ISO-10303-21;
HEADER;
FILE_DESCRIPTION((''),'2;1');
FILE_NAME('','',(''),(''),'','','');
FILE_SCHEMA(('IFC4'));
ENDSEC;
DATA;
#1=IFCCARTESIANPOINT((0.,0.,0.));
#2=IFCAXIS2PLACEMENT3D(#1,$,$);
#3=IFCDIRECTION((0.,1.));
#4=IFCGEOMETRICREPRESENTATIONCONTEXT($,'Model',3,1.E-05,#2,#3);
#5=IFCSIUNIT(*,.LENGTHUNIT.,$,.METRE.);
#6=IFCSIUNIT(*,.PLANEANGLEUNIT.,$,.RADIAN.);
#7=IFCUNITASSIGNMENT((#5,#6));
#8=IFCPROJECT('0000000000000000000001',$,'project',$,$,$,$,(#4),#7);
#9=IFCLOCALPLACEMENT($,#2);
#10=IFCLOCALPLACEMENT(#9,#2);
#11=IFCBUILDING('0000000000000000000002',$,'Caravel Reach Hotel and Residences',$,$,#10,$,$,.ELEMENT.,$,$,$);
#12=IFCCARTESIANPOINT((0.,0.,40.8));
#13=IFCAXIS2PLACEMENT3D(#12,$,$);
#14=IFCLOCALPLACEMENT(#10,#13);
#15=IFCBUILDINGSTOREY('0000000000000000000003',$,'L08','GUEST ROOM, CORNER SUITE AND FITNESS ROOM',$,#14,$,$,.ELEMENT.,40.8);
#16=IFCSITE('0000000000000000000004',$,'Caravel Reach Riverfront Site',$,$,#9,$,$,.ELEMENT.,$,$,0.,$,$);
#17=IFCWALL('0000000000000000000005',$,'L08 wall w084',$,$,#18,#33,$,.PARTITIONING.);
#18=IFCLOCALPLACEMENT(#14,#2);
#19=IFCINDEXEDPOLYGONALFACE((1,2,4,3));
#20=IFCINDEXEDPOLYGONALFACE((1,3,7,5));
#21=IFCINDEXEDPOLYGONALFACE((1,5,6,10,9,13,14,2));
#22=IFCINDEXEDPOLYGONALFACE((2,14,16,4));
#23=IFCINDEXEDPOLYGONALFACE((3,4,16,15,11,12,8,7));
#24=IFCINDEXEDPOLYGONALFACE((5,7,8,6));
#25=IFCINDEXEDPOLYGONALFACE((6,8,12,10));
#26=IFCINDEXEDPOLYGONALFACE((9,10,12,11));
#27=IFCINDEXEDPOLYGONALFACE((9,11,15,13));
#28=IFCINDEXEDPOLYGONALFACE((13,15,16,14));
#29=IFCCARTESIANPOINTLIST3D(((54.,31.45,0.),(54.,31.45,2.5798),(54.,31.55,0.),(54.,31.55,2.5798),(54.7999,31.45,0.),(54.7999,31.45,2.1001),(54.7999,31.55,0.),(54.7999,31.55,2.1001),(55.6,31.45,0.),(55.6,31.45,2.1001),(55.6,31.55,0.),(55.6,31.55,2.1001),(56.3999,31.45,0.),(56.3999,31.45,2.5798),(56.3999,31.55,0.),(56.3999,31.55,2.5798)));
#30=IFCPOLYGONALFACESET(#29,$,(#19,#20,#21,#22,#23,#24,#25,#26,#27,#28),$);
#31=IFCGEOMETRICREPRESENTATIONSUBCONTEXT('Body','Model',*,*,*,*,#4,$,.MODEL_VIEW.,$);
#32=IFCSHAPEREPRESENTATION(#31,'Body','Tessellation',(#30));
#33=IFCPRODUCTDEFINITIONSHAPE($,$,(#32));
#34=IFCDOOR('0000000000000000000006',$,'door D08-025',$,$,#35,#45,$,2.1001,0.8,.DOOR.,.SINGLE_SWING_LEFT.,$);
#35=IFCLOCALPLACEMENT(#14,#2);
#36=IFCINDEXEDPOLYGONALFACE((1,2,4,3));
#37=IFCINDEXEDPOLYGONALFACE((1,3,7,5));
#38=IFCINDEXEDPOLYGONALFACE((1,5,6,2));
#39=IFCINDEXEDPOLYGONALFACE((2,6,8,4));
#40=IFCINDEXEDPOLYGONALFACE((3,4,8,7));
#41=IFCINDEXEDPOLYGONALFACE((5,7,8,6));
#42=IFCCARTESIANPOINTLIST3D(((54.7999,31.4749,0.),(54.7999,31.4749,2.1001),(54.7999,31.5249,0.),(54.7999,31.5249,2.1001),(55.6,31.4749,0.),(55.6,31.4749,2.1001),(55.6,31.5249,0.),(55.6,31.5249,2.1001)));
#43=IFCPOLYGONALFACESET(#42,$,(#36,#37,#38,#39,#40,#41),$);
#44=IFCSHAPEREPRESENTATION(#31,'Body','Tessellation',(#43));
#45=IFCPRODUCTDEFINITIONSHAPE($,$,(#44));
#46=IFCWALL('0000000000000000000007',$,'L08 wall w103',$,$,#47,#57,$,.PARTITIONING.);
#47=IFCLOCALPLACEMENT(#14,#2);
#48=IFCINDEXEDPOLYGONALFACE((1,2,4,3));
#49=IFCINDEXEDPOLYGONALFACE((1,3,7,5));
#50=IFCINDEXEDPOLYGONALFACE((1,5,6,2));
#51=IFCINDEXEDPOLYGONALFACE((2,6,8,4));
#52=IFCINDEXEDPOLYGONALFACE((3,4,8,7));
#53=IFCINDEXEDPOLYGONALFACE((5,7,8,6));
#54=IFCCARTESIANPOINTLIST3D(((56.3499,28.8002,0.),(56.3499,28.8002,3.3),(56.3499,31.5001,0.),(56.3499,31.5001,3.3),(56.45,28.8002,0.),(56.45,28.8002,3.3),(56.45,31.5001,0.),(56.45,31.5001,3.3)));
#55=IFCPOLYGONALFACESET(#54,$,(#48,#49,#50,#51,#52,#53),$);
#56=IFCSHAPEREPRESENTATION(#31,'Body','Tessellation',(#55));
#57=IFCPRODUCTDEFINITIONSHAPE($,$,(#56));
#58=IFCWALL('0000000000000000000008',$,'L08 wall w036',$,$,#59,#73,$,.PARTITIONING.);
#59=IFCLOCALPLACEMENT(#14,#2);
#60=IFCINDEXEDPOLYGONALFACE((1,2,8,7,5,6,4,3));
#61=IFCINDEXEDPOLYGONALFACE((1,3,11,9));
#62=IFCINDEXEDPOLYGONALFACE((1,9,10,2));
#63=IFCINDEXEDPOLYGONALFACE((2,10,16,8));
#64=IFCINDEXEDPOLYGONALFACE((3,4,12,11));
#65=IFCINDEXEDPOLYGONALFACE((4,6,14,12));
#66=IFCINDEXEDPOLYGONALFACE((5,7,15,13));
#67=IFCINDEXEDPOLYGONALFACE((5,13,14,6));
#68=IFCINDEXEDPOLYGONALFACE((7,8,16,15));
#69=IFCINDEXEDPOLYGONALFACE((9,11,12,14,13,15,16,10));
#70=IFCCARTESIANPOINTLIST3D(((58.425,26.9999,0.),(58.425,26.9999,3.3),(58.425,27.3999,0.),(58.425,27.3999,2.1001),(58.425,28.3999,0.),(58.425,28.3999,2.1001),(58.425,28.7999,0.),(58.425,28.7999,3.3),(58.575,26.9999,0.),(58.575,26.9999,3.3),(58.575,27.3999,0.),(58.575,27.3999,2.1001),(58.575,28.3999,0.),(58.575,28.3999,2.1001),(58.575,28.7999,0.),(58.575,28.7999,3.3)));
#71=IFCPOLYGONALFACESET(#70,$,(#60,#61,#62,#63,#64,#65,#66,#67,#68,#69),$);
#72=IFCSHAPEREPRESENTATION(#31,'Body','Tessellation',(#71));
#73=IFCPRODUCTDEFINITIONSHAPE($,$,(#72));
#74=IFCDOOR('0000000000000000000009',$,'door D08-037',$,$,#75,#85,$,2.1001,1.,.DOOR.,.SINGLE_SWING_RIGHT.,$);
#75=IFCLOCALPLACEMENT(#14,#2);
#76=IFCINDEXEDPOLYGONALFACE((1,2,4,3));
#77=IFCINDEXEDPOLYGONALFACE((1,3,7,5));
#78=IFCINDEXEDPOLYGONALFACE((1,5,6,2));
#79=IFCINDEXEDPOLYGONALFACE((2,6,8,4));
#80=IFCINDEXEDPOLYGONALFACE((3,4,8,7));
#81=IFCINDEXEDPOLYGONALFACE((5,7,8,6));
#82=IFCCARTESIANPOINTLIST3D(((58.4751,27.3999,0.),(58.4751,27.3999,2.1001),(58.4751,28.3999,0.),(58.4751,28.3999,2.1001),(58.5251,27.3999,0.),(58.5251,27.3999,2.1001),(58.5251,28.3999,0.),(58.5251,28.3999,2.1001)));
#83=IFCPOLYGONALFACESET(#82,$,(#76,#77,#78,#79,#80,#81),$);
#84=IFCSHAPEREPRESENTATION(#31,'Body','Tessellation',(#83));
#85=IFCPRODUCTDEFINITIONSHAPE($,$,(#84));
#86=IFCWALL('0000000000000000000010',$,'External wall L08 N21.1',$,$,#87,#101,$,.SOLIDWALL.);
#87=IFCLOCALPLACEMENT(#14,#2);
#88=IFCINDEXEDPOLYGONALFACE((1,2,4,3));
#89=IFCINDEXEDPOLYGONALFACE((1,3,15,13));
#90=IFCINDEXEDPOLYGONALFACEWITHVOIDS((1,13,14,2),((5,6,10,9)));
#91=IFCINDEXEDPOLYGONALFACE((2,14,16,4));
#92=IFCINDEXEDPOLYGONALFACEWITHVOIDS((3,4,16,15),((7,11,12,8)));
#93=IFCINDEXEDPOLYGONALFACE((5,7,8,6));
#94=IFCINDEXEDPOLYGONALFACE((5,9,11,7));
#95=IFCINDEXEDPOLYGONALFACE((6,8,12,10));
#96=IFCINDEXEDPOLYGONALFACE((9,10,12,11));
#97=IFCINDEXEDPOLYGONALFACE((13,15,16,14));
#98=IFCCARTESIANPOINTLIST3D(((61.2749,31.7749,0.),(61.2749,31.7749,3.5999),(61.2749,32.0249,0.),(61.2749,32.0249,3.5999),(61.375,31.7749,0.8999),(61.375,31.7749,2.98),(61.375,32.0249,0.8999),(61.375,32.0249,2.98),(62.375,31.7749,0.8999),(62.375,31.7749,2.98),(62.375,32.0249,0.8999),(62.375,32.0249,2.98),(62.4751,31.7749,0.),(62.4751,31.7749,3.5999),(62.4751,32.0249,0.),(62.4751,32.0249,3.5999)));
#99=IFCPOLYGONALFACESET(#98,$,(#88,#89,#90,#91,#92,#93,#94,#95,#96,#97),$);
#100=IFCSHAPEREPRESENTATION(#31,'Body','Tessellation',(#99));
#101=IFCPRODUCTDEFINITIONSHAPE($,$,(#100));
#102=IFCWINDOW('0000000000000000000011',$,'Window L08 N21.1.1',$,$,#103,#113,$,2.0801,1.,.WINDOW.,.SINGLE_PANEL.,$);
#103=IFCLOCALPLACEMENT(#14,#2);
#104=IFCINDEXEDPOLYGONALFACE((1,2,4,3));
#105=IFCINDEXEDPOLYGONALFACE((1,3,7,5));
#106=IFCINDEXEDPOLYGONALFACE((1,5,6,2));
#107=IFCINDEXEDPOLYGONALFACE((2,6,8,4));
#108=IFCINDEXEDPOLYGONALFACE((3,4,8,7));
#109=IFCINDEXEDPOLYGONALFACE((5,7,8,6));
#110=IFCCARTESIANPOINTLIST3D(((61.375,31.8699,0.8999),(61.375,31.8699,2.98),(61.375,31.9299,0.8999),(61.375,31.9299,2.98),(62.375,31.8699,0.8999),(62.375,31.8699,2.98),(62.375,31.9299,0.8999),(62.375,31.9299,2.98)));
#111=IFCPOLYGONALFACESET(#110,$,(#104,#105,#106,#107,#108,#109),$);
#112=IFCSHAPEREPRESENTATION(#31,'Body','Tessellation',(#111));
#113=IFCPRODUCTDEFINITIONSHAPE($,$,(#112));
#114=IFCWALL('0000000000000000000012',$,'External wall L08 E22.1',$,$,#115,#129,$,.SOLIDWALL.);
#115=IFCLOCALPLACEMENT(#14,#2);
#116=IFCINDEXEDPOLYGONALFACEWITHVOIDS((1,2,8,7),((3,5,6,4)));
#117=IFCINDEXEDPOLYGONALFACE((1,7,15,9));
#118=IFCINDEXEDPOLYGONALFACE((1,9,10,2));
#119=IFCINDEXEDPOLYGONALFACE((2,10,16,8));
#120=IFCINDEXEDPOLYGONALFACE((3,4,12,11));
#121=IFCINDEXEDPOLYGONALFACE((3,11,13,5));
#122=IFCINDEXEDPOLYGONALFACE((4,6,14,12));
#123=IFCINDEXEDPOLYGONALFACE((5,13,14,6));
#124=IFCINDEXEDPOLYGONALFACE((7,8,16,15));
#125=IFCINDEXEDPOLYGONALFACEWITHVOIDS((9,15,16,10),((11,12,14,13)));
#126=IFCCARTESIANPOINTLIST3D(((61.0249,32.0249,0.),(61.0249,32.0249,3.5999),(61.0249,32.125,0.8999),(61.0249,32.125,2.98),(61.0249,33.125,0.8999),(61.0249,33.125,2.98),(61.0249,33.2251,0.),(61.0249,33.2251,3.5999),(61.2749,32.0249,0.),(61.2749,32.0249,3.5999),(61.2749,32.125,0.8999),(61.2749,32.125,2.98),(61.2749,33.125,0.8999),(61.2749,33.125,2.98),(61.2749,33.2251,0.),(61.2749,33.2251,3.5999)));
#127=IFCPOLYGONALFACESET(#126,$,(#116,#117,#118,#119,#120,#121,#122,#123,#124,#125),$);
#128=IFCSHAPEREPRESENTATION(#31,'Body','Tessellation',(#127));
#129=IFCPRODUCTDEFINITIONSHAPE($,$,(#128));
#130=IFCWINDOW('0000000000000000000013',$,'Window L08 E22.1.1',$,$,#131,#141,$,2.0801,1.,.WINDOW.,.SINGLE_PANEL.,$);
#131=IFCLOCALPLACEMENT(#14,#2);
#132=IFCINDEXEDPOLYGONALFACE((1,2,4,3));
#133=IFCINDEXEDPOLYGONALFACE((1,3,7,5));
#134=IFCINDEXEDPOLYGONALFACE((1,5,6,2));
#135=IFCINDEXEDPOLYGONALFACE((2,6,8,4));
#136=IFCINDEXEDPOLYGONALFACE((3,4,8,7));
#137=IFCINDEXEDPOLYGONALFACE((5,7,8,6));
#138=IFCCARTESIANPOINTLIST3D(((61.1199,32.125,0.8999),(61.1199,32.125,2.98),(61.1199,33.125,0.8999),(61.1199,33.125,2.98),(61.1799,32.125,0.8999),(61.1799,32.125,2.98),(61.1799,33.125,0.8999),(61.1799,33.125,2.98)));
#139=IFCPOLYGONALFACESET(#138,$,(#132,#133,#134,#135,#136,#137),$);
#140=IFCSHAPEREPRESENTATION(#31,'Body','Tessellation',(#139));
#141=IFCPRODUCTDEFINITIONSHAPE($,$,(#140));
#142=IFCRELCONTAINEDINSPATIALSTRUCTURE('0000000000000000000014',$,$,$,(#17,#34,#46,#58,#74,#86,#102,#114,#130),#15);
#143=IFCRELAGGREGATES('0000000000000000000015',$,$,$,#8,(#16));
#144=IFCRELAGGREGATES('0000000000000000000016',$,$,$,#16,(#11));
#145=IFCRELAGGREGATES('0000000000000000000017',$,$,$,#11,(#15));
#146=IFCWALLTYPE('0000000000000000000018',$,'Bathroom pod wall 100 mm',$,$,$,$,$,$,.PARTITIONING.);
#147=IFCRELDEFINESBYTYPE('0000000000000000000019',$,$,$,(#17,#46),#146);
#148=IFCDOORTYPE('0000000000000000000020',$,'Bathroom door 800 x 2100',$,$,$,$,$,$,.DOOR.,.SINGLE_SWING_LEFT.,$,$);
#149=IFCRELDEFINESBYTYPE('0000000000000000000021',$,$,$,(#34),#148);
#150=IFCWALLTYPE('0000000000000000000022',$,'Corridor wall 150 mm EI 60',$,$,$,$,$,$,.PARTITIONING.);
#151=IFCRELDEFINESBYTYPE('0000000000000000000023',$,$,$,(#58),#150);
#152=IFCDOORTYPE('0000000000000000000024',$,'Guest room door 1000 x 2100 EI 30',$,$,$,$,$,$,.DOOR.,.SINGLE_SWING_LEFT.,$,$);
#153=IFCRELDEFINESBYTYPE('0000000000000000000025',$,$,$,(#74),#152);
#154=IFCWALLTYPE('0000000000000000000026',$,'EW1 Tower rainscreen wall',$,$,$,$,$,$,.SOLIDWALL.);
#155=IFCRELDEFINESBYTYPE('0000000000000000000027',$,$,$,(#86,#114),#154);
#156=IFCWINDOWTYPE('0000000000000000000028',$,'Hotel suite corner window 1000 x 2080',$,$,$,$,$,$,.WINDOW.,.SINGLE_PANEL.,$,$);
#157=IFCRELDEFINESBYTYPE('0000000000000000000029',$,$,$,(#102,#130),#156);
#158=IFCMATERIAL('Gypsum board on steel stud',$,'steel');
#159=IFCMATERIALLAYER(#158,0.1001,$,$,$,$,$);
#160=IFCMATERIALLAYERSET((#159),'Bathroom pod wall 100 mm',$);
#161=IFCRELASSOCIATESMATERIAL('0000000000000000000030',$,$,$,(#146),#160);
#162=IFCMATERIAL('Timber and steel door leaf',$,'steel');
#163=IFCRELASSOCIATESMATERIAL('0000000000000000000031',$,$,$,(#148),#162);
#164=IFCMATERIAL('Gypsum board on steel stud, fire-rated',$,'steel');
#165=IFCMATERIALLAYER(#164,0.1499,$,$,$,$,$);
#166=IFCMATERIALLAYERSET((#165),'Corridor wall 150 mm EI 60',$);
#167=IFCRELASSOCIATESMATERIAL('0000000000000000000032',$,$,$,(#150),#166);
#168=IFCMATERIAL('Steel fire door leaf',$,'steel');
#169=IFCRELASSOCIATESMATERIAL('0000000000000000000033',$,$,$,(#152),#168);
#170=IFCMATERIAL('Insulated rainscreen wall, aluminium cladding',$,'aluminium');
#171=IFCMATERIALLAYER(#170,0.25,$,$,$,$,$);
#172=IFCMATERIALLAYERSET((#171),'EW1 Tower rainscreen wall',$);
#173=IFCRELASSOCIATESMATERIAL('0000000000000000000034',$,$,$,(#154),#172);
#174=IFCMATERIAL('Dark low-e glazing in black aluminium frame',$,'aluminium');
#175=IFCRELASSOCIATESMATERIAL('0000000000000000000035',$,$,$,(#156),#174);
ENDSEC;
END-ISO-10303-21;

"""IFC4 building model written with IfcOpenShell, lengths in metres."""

from ifc_helpers import new_model, si_unit, direction, frame, frame_2d, origin, place, context, subcontext, project, spatial, rectangle, extrude, material, layer, layer_set, type_object, element, fill, save


model = new_model("IFC4")

# Units and contexts
model_context = context("Model", 3, precision=1e-05, world=origin(), true_north=direction((0.0, 1.0)))
body_context = subcontext(model_context, "Body", "Model", "MODEL_VIEW")
ifc_project = project(units=[si_unit("LENGTHUNIT", "METRE"), si_unit("PLANEANGLEUNIT", "RADIAN")], contexts=[model_context])

# Site, building, storey
site_placement = place(None, origin())
site = spatial("IfcSite", under=ifc_project, at=site_placement, Name="Caravel Reach Riverfront Site", CompositionType="ELEMENT", RefElevation=0.0)
building_placement = place(site_placement, origin())
building = spatial("IfcBuilding", under=site, at=building_placement, Name="Caravel Reach Hotel and Residences", CompositionType="ELEMENT")
storey_placement = place(building_placement, frame((0.0, 0.0, 40.8)))
storey = spatial("IfcBuildingStorey", under=building, at=storey_placement, Name="L08", Description="GUEST ROOM, CORNER SUITE AND FITNESS ROOM", CompositionType="ELEMENT", Elevation=40.8)

# Shared definitions
ifc_material_1 = material(Name="Gypsum board on steel stud", Category="steel")
ifc_layer_1 = layer(ifc_material_1, 0.1001)
ifc_layer_set_1 = layer_set([ifc_layer_1], Name="Bathroom pod wall 100 mm")
wall_type_1 = type_object("IfcWallType", Name="Bathroom pod wall 100 mm", PredefinedType="PARTITIONING", material=ifc_layer_set_1)

# Wall, opening, door
wall_1_placement = place(storey_placement, frame((54.0, 31.5, 0.0), z_axis=(0.0, 0.0, 1.0), x_axis=(1.0, 0.0, 0.0)))
wall_1 = element("IfcWall", 1, at=wall_1_placement, inside=storey, type_object=wall_type_1, Name="L08 wall w084", PredefinedType="PARTITIONING", context=body_context, shape_type="SweptSolid", body=[
    extrude(rectangle(XDim=2.3999, YDim=0.1001, at=frame_2d((1.2, 0.0))), origin(), (0.0, 0.0, 1.0), 2.5798),
])
opening_1_placement = place(wall_1_placement, frame((0.8, 0.0, 0.0)))
opening_1 = element("IfcOpeningElement", 2, at=opening_1_placement, cuts=wall_1, PredefinedType="OPENING", context=body_context, shape_type="SweptSolid", body=[
    extrude(rectangle(XDim=0.8, YDim=2.1001, at=frame_2d((0.3999, 1.05))), frame((0.0, 0.0601, 0.0), z_axis=(0.0, -1.0, 0.0), x_axis=(1.0, 0.0, 0.0)), (0.0, 0.0, 1.0), 0.1201),
])
ifc_material_2 = material(Name="Timber and steel door leaf", Category="steel")
door_type_1 = type_object("IfcDoorType", Name="Bathroom door 800 x 2100", OperationType="SINGLE_SWING_LEFT", PredefinedType="DOOR", material=ifc_material_2)
door_1_placement = place(opening_1_placement, origin())
door_1 = element("IfcDoor", 3, at=door_1_placement, inside=storey, type_object=door_type_1, Name="door D08-025", OperationType="SINGLE_SWING_LEFT", OverallHeight=2.1001, OverallWidth=0.8, PredefinedType="DOOR", context=body_context, shape_type="SweptSolid", body=[
    extrude(rectangle(XDim=0.8, YDim=2.1001, at=frame_2d((0.3999, 1.05))), frame((0.0, 0.0249, 0.0), z_axis=(0.0, -1.0, 0.0), x_axis=(1.0, 0.0, 0.0)), (0.0, 0.0, 1.0), 0.05),
])
fill(opening_1, door_1)

# Wall
wall_2_placement = place(storey_placement, frame((56.3999, 28.8, 0.0), z_axis=(0.0, 0.0, 1.0), x_axis=(0.0, 1.0, 0.0)))
element("IfcWall", 4, at=wall_2_placement, inside=storey, type_object=wall_type_1, Name="L08 wall w103", PredefinedType="PARTITIONING", context=body_context, shape_type="SweptSolid", body=[
    extrude(rectangle(XDim=2.7, YDim=0.1001, at=frame_2d((1.3501, 0.0))), origin(), (0.0, 0.0, 1.0), 3.3),
])

# Wall, opening, door
ifc_material_3 = material(Name="Gypsum board on steel stud, fire-rated", Category="steel")
ifc_layer_2 = layer(ifc_material_3, 0.1499)
ifc_layer_set_2 = layer_set([ifc_layer_2], Name="Corridor wall 150 mm EI 60")
wall_type_2 = type_object("IfcWallType", Name="Corridor wall 150 mm EI 60", PredefinedType="PARTITIONING", material=ifc_layer_set_2)
wall_3_placement = place(storey_placement, frame((58.5, 27.0, 0.0), z_axis=(0.0, 0.0, 1.0), x_axis=(0.0, 1.0, 0.0)))
wall_3 = element("IfcWall", 5, at=wall_3_placement, inside=storey, type_object=wall_type_2, Name="L08 wall w036", PredefinedType="PARTITIONING", context=body_context, shape_type="SweptSolid", body=[
    extrude(rectangle(XDim=1.8, YDim=0.1499, at=frame_2d((0.8999, 0.0))), origin(), (0.0, 0.0, 1.0), 3.3),
])
opening_2_placement = place(wall_3_placement, frame((0.3999, 0.0, 0.0)))
opening_2 = element("IfcOpeningElement", 6, at=opening_2_placement, cuts=wall_3, PredefinedType="OPENING", context=body_context, shape_type="SweptSolid", body=[
    extrude(rectangle(XDim=1.0, YDim=2.1001, at=frame_2d((0.5, 1.05))), frame((0.0, 0.085, 0.0), z_axis=(0.0, -1.0, 0.0), x_axis=(1.0, 0.0, 0.0)), (0.0, 0.0, 1.0), 0.1699),
])
ifc_material_4 = material(Name="Steel fire door leaf", Category="steel")
door_type_2 = type_object("IfcDoorType", Name="Guest room door 1000 x 2100 EI 30", OperationType="SINGLE_SWING_LEFT", PredefinedType="DOOR", material=ifc_material_4)
door_2_placement = place(opening_2_placement, origin())
door_2 = element("IfcDoor", 7, at=door_2_placement, inside=storey, type_object=door_type_2, Name="door D08-037", OperationType="SINGLE_SWING_RIGHT", OverallHeight=2.1001, OverallWidth=1.0, PredefinedType="DOOR", context=body_context, shape_type="SweptSolid", body=[
    extrude(rectangle(XDim=1.0, YDim=2.1001, at=frame_2d((0.5, 1.05))), frame((0.0, 0.0249, 0.0), z_axis=(0.0, -1.0, 0.0), x_axis=(1.0, 0.0, 0.0)), (0.0, 0.0, 1.0), 0.05),
])
fill(opening_2, door_2)

# Walls, openings, windows
ifc_material_5 = material(Name="Insulated rainscreen wall, aluminium cladding", Category="aluminium")
ifc_layer_3 = layer(ifc_material_5, 0.25)
ifc_layer_set_3 = layer_set([ifc_layer_3], Name="EW1 Tower rainscreen wall")
wall_type_3 = type_object("IfcWallType", Name="EW1 Tower rainscreen wall", PredefinedType="SOLIDWALL", material=ifc_layer_set_3)
wall_4_placement = place(storey_placement, frame((62.4751, 31.8999, 0.0), z_axis=(0.0, 0.0, 1.0), x_axis=(-1.0, 0.0, 0.0)))
wall_4 = element("IfcWall", 8, at=wall_4_placement, inside=storey, type_object=wall_type_3, Name="External wall L08 N21.1", PredefinedType="SOLIDWALL", context=body_context, shape_type="SweptSolid", body=[
    extrude(rectangle(XDim=1.2002, YDim=0.25, at=frame_2d((0.6001, 0.0))), origin(), (0.0, 0.0, 1.0), 3.5999),
])
opening_3_placement = place(wall_4_placement, frame((0.1001, 0.0, 0.8999)))
opening_3 = element("IfcOpeningElement", 9, at=opening_3_placement, cuts=wall_4, PredefinedType="OPENING", context=body_context, shape_type="SweptSolid", body=[
    extrude(rectangle(XDim=1.0, YDim=2.0801, at=frame_2d((0.5, 1.04))), frame((0.0, 0.135, 0.0), z_axis=(0.0, -1.0, 0.0), x_axis=(1.0, 0.0, 0.0)), (0.0, 0.0, 1.0), 0.27),
])
ifc_material_6 = material(Name="Dark low-e glazing in black aluminium frame", Category="aluminium")
window_type_1 = type_object("IfcWindowType", Name="Hotel suite corner window 1000 x 2080", PartitioningType="SINGLE_PANEL", PredefinedType="WINDOW", material=ifc_material_6)
window_1_placement = place(opening_3_placement, origin())
window_1 = element("IfcWindow", 10, at=window_1_placement, inside=storey, type_object=window_type_1, Name="Window L08 N21.1.1", OverallHeight=2.0801, OverallWidth=1.0, PartitioningType="SINGLE_PANEL", PredefinedType="WINDOW", context=body_context, shape_type="SweptSolid", body=[
    extrude(rectangle(XDim=1.0, YDim=2.0801, at=frame_2d((0.5, 1.04))), frame((0.0, 0.03, 0.0), z_axis=(0.0, -1.0, 0.0), x_axis=(1.0, 0.0, 0.0)), (0.0, 0.0, 1.0), 0.0601),
])
fill(opening_3, window_1)
wall_5_placement = place(storey_placement, frame((61.1499, 32.0249, 0.0), z_axis=(0.0, 0.0, 1.0), x_axis=(0.0, 1.0, 0.0)))
wall_5 = element("IfcWall", 11, at=wall_5_placement, inside=storey, type_object=wall_type_3, Name="External wall L08 E22.1", PredefinedType="SOLIDWALL", context=body_context, shape_type="SweptSolid", body=[
    extrude(rectangle(XDim=1.2002, YDim=0.25, at=frame_2d((0.6001, 0.0))), origin(), (0.0, 0.0, 1.0), 3.5999),
])
opening_4_placement = place(wall_5_placement, frame((0.1001, 0.0, 0.8999)))
opening_4 = element("IfcOpeningElement", 12, at=opening_4_placement, cuts=wall_5, PredefinedType="OPENING", context=body_context, shape_type="SweptSolid", body=[
    extrude(rectangle(XDim=1.0, YDim=2.0801, at=frame_2d((0.5, 1.04))), frame((0.0, 0.135, 0.0), z_axis=(0.0, -1.0, 0.0), x_axis=(1.0, 0.0, 0.0)), (0.0, 0.0, 1.0), 0.27),
])
window_2_placement = place(opening_4_placement, origin())
window_2 = element("IfcWindow", 13, at=window_2_placement, inside=storey, type_object=window_type_1, Name="Window L08 E22.1.1", OverallHeight=2.0801, OverallWidth=1.0, PartitioningType="SINGLE_PANEL", PredefinedType="WINDOW", context=body_context, shape_type="SweptSolid", body=[
    extrude(rectangle(XDim=1.0, YDim=2.0801, at=frame_2d((0.5, 1.04))), frame((0.0, 0.03, 0.0), z_axis=(0.0, -1.0, 0.0), x_axis=(1.0, 0.0, 0.0)), (0.0, 0.0, 1.0), 0.0601),
])
fill(opening_4, window_2)

save(model, "model.ifc")
